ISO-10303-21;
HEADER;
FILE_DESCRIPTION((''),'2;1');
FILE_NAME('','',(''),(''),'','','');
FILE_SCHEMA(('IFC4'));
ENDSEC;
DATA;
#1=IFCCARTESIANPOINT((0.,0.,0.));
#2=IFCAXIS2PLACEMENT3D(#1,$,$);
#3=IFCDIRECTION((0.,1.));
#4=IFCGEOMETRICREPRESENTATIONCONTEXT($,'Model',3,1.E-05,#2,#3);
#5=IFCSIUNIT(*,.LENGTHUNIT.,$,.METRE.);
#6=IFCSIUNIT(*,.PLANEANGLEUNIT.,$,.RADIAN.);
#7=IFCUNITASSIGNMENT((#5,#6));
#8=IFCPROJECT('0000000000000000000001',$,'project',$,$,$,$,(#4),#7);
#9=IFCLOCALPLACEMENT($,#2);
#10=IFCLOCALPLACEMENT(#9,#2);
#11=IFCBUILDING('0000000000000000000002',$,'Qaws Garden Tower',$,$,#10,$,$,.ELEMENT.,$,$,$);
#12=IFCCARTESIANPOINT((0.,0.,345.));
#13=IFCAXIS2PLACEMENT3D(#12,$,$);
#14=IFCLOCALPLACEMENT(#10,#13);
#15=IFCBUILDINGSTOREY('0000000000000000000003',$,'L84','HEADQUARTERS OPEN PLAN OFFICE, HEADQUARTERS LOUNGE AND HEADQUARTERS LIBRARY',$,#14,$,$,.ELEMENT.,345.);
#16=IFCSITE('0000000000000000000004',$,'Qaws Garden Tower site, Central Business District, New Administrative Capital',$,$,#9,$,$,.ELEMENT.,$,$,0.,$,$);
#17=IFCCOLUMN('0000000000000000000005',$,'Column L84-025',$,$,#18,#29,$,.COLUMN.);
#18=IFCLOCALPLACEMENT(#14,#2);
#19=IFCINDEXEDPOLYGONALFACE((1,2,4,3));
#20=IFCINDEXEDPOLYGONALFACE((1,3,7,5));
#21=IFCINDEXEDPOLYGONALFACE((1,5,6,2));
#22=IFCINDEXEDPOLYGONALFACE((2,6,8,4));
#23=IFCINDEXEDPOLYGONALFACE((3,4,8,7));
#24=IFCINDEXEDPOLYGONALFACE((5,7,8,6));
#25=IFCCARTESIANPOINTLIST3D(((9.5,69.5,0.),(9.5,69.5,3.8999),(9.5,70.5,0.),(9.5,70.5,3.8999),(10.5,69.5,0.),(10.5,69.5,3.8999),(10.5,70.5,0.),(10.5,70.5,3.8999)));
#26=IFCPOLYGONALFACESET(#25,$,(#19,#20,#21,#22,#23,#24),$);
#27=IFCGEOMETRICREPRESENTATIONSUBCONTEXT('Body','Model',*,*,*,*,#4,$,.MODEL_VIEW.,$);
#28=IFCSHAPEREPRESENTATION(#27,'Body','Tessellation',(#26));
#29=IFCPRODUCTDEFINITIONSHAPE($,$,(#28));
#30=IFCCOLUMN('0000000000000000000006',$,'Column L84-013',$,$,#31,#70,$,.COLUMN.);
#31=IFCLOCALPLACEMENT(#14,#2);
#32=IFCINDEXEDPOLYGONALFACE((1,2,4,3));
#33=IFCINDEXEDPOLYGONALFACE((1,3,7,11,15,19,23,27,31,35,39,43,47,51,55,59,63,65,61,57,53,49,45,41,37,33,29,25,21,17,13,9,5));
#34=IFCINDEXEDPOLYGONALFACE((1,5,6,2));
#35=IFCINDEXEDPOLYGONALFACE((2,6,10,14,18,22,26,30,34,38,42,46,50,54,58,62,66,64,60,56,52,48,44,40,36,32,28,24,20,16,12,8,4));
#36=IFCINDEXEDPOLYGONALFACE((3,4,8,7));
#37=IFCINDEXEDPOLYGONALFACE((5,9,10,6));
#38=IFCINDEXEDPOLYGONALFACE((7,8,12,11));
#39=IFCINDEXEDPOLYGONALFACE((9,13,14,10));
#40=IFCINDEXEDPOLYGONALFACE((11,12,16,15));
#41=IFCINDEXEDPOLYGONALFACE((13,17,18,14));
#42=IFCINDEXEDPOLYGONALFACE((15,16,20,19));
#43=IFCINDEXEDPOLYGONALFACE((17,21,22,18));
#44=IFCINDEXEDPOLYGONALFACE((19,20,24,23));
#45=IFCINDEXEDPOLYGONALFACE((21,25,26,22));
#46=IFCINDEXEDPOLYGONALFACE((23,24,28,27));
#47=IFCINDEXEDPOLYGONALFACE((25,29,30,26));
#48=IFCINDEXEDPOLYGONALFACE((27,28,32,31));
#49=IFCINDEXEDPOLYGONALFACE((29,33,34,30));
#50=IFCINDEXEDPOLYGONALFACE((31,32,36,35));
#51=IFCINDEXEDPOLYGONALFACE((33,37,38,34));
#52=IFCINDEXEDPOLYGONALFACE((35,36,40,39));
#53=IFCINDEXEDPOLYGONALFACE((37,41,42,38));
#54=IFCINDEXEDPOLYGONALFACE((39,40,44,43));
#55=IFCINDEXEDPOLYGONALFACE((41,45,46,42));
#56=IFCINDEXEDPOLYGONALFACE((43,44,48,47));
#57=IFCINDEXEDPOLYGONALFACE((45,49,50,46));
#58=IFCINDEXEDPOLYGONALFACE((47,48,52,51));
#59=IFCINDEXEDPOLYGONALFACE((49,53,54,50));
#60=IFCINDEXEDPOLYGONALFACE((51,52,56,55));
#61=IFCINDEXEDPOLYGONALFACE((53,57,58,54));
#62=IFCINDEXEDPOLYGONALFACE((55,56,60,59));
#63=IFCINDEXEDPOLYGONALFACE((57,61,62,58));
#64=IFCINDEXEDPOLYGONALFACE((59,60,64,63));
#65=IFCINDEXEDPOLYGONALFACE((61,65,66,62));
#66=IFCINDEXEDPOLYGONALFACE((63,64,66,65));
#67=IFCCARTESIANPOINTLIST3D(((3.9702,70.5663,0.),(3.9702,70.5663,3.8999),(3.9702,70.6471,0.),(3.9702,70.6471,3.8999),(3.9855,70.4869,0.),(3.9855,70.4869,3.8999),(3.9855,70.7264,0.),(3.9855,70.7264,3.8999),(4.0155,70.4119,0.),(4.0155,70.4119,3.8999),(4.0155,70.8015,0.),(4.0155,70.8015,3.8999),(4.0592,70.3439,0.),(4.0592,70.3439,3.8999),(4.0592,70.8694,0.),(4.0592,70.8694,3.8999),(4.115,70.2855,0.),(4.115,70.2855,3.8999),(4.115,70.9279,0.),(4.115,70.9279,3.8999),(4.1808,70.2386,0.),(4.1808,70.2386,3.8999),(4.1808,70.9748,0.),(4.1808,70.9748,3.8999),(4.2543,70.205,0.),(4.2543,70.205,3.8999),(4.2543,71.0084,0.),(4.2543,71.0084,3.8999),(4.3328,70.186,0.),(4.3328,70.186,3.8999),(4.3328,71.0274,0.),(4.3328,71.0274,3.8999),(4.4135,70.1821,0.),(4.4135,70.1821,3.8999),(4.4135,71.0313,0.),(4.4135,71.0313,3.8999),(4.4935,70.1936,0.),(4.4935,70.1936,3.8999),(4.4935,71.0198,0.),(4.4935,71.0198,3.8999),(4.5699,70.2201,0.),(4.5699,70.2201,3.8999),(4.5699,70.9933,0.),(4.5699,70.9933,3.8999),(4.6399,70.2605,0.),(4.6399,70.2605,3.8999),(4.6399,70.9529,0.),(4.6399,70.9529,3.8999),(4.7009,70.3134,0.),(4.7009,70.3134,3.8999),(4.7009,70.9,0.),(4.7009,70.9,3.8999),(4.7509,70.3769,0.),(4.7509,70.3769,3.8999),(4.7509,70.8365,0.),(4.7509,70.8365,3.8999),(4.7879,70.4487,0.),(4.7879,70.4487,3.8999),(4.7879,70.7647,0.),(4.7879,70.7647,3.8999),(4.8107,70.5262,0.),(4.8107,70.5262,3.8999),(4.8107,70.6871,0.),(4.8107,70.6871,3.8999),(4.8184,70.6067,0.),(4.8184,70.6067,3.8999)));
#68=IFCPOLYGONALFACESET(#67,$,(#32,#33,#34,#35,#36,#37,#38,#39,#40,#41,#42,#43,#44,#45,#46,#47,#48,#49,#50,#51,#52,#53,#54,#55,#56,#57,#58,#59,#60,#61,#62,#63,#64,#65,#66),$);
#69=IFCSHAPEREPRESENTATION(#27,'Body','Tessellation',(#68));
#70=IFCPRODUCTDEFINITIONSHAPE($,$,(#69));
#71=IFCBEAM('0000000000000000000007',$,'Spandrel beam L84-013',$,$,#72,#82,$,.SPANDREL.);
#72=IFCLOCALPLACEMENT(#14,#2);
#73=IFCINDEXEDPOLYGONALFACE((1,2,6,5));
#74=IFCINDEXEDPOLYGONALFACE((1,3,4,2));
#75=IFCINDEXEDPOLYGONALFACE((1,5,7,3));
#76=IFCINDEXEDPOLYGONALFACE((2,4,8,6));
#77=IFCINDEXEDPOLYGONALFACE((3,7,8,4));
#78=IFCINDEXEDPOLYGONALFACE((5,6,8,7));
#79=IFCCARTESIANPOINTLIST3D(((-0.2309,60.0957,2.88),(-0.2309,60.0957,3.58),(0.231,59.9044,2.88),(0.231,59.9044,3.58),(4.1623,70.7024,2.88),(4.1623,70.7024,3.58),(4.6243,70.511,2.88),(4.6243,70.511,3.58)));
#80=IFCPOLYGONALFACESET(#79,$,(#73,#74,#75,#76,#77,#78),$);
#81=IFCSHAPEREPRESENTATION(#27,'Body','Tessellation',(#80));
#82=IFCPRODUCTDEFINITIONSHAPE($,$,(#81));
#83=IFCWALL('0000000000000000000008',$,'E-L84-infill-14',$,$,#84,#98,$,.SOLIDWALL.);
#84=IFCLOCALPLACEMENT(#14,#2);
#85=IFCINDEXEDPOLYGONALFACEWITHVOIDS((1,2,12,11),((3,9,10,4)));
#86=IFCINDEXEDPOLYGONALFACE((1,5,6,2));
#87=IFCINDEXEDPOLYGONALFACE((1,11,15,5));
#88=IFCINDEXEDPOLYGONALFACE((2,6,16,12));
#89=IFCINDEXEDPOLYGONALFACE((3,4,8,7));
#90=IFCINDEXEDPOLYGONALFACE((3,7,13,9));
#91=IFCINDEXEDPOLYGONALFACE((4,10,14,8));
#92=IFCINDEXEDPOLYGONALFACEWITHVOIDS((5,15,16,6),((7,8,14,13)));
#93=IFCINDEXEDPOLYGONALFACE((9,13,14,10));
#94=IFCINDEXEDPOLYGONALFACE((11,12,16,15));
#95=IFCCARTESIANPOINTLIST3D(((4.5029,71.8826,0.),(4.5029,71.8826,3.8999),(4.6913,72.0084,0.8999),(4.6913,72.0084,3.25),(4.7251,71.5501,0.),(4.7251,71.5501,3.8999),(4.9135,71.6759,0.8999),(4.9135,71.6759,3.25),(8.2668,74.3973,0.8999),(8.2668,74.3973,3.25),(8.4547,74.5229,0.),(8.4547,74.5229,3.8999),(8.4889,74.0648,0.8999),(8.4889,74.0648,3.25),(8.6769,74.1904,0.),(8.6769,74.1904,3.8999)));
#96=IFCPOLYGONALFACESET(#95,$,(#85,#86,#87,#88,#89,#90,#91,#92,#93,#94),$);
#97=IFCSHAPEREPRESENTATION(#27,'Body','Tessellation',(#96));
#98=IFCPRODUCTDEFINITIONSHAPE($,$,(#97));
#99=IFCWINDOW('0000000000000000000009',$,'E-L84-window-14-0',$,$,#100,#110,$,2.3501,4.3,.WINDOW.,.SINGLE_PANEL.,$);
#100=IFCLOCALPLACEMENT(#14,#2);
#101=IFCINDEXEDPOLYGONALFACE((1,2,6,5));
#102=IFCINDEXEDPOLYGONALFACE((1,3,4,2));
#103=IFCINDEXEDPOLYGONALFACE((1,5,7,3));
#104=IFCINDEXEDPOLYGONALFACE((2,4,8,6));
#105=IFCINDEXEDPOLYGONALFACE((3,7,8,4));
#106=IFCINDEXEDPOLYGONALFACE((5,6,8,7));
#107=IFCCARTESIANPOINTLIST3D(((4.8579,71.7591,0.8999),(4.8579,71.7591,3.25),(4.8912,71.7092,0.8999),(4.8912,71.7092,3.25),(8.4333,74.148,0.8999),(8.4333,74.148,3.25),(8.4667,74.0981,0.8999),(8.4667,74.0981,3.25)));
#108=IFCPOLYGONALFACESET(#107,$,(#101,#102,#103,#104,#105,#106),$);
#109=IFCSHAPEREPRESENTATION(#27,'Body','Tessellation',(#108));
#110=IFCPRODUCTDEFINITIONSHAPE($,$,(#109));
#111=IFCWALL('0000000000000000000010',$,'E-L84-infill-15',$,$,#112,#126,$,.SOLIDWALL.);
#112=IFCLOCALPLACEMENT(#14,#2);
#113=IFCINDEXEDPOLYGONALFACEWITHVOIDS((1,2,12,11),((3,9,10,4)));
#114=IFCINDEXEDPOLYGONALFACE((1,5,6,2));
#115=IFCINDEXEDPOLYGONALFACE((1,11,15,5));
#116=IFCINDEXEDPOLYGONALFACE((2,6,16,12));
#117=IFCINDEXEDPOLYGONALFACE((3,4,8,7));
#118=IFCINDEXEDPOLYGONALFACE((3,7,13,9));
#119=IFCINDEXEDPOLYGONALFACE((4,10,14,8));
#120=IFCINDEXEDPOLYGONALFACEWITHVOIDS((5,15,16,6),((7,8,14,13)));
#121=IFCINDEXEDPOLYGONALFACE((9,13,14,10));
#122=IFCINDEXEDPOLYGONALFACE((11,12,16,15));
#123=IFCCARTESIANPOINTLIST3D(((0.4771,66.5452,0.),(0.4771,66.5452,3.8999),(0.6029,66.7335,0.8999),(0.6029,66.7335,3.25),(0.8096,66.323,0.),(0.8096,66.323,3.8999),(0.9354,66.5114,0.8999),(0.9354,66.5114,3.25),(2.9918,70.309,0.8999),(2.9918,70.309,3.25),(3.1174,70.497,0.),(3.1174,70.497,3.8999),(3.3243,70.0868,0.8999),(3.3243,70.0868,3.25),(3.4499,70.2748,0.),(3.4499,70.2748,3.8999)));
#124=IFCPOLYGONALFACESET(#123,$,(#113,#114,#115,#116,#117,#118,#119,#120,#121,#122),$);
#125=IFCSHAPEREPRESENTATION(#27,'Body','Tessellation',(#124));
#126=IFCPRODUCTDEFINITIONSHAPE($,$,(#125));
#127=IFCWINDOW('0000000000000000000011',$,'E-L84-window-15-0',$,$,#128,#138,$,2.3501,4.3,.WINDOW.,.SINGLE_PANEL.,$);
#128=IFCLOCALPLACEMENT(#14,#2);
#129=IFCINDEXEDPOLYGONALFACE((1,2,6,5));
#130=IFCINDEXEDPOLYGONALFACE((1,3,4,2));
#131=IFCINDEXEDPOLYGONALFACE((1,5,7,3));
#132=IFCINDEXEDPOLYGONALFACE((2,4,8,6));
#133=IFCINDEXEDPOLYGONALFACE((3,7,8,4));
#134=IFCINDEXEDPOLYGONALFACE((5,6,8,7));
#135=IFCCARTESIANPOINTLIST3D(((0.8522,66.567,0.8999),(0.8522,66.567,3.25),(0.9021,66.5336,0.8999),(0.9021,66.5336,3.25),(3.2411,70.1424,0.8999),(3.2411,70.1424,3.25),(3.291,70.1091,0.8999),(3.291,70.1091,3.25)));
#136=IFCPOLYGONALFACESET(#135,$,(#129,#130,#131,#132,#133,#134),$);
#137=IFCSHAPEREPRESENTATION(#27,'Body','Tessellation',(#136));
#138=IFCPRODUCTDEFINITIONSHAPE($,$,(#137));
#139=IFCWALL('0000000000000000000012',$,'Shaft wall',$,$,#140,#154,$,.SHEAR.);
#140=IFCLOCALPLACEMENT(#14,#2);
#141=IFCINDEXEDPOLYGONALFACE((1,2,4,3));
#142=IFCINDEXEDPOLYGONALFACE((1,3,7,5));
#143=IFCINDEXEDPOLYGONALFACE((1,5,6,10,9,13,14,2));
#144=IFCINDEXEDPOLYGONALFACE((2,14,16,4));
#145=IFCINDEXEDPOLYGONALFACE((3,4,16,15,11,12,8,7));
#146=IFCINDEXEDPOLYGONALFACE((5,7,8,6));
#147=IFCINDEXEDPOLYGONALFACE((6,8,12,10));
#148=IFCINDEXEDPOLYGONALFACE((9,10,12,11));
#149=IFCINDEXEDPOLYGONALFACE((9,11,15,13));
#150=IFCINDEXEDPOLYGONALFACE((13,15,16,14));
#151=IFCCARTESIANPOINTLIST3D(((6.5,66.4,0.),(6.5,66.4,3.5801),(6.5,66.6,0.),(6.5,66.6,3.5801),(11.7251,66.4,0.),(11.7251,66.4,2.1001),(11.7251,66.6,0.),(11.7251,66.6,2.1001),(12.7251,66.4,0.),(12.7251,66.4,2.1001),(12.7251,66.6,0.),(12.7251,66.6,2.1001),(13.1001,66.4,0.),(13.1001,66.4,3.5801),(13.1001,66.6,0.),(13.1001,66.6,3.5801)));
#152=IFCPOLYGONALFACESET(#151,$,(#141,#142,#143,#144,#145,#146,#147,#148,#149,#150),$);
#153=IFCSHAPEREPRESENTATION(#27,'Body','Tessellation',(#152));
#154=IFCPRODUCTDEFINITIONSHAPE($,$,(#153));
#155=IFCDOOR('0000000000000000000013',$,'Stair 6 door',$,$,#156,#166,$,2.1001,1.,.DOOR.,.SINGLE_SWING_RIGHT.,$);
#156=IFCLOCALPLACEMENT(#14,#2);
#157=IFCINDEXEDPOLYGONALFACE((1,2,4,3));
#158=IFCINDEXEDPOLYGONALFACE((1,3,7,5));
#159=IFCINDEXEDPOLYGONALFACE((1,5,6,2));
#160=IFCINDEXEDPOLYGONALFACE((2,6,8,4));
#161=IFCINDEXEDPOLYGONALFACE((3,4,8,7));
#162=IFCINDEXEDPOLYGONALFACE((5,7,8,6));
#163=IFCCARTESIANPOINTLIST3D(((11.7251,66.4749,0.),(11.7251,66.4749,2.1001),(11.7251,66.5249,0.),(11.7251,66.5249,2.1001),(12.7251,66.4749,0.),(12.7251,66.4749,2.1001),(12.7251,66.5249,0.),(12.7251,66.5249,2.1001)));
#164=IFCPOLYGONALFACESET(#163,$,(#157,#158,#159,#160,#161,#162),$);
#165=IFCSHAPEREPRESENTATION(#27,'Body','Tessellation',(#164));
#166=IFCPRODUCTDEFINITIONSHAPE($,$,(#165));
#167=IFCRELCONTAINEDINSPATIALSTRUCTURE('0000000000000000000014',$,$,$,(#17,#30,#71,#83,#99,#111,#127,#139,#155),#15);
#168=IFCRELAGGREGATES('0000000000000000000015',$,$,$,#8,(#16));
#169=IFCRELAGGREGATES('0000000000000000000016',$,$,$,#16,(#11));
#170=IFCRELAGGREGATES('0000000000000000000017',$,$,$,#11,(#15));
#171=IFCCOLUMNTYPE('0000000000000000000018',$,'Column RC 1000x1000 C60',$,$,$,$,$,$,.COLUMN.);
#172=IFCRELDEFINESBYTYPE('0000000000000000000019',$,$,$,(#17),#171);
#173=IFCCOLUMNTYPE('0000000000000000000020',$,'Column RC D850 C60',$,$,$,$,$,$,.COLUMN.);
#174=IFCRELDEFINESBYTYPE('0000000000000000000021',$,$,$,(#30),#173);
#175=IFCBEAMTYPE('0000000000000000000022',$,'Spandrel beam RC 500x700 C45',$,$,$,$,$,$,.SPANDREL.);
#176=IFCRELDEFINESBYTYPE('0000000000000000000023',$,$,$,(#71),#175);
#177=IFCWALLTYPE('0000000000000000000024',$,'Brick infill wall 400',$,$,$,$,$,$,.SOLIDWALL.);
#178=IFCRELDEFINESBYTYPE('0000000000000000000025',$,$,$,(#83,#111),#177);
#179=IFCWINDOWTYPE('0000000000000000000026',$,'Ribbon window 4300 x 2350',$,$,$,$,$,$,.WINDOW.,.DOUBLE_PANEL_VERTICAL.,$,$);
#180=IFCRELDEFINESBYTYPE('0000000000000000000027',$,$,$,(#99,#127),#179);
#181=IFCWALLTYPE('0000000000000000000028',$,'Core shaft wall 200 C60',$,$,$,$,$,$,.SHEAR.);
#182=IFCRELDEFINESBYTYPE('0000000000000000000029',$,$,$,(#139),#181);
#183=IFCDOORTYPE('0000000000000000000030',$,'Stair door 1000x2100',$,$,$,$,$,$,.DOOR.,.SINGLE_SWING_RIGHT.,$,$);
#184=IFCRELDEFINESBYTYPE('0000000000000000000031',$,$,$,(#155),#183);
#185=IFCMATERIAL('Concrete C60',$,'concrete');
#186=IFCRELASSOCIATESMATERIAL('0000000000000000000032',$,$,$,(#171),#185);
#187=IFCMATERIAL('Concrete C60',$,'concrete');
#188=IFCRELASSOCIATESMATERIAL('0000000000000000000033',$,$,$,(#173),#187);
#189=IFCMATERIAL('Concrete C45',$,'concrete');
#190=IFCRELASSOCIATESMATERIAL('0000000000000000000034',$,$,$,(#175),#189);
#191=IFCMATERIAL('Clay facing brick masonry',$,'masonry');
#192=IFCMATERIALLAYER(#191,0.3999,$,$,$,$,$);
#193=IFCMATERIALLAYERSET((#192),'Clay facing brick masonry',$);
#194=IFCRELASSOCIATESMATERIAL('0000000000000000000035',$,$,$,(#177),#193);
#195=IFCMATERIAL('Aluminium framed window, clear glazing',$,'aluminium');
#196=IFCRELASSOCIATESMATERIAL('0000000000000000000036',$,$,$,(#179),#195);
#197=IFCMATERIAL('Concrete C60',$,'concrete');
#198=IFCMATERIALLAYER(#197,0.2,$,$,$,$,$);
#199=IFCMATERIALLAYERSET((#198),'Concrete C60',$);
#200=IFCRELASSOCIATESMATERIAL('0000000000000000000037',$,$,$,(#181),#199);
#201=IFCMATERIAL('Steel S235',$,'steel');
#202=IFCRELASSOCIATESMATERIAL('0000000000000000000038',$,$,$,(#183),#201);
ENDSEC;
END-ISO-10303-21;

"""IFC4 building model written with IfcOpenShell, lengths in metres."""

from ifc_helpers import new_model, si_unit, direction, frame, frame_2d, origin, origin_2d, place, context, subcontext, project, spatial, rectangle, circle, extrude, material, layer, layer_set, material_profile, profile_set, type_object, element, fill, save


model = new_model("IFC4")

# Units and contexts
model_context = context("Model", 3, precision=1e-05, world=origin(), true_north=direction((0.0, 1.0)))
body_context = subcontext(model_context, "Body", "Model", "MODEL_VIEW")
ifc_project = project(units=[si_unit("LENGTHUNIT", "METRE"), si_unit("PLANEANGLEUNIT", "RADIAN")], contexts=[model_context])

# Site, building, storey
site_placement = place(None, origin())
site = spatial("IfcSite", under=ifc_project, at=site_placement, Name="Qaws Garden Tower site, Central Business District, New Administrative Capital", CompositionType="ELEMENT", RefElevation=0.0)
building_placement = place(site_placement, origin())
building = spatial("IfcBuilding", under=site, at=building_placement, Name="Qaws Garden Tower", CompositionType="ELEMENT")
storey_placement = place(building_placement, frame((0.0, 0.0, 345.0)))
storey = spatial("IfcBuildingStorey", under=building, at=storey_placement, Name="L84", Description="HEADQUARTERS OPEN PLAN OFFICE, HEADQUARTERS LOUNGE AND HEADQUARTERS LIBRARY", CompositionType="ELEMENT", Elevation=345.0)

# Columns
ifc_material_1 = material(Name="Concrete C60", Category="concrete")
ifc_material_profile_1 = material_profile(ifc_material_1, rectangle(XDim=1.0, YDim=1.0, at=origin_2d()), Name="RC 1000x1000")
ifc_profile_set_1 = profile_set([ifc_material_profile_1], Name="Concrete C60")
column_type_1 = type_object("IfcColumnType", Name="Column RC 1000x1000 C60", PredefinedType="COLUMN", material=ifc_profile_set_1)
column_1_placement = place(storey_placement, frame((10.0, 70.0, 0.0), z_axis=(0.0, 0.0, 1.0), x_axis=(1.0, 0.0, 0.0)))
element("IfcColumn", 1, at=column_1_placement, inside=storey, type_object=column_type_1, Name="Column L84-025", PredefinedType="COLUMN", context=body_context, shape_type="SweptSolid", body=[
    extrude(rectangle(XDim=1.0, YDim=1.0, at=origin_2d()), origin(), (0.0, 0.0, 1.0), 3.8999),
])
ifc_material_2 = material(Name="Concrete C60", Category="concrete")
ifc_material_profile_2 = material_profile(ifc_material_2, circle(Radius=0.425, at=origin_2d()), Name="RC D850")
ifc_profile_set_2 = profile_set([ifc_material_profile_2], Name="Concrete C60")
column_type_2 = type_object("IfcColumnType", Name="Column RC D850 C60", PredefinedType="COLUMN", material=ifc_profile_set_2)
column_2_placement = place(storey_placement, frame((4.3933, 70.6067, 0.0), z_axis=(0.0, 0.0, 1.0), x_axis=(1.0, 0.0, 0.0)))
element("IfcColumn", 2, at=column_2_placement, inside=storey, type_object=column_type_2, Name="Column L84-013", PredefinedType="COLUMN", context=body_context, shape_type="SweptSolid", body=[
    extrude(circle(Radius=0.425, at=origin_2d()), origin(), (0.0, 0.0, 1.0), 3.8999),
])

# Beam
ifc_material_3 = material(Name="Concrete C45", Category="concrete")
ifc_material_profile_3 = material_profile(ifc_material_3, rectangle(XDim=0.5, YDim=0.7, at=origin_2d()), Name="RC 500x700")
ifc_profile_set_3 = profile_set([ifc_material_profile_3], Name="Concrete C45")
beam_type = type_object("IfcBeamType", Name="Spandrel beam RC 500x700 C45", PredefinedType="SPANDREL", material=ifc_profile_set_3)
beam_placement = place(storey_placement, frame((4.3933, 70.6067, 3.23), z_axis=(-0.382674, -0.923883, 0.0), x_axis=(0.923883, -0.382674, 0.0)))
element("IfcBeam", 3, at=beam_placement, inside=storey, type_object=beam_type, Name="Spandrel beam L84-013", PredefinedType="SPANDREL", context=body_context, shape_type="SweptSolid", body=[
    extrude(rectangle(XDim=0.5, YDim=0.7, at=origin_2d()), origin(), (0.0, 0.0, 1.0), 11.4805),
])

# Walls, openings, windows
ifc_material_4 = material(Name="Clay facing brick masonry", Category="masonry")
ifc_layer_1 = layer(ifc_material_4, 0.3999)
ifc_layer_set_1 = layer_set([ifc_layer_1], Name="Clay facing brick masonry")
wall_type_1 = type_object("IfcWallType", Name="Brick infill wall 400", PredefinedType="SOLIDWALL", material=ifc_layer_set_1)
wall_1_placement = place(storey_placement, frame((8.5659, 74.3567, 0.0), z_axis=(0.0, 0.0, 1.0), x_axis=(-0.831489, -0.555542, 0.0)))
wall_1 = element("IfcWall", 4, at=wall_1_placement, inside=storey, type_object=wall_type_1, Name="E-L84-infill-14", PredefinedType="SOLIDWALL", context=body_context, shape_type="SweptSolid", body=[
    extrude(rectangle(XDim=4.7527, YDim=0.3999, at=frame_2d((2.3765, 0.0))), origin(), (0.0, 0.0, 1.0), 3.8999),
])
opening_1_placement = place(wall_1_placement, frame((0.2263, 0.0, 0.8999)))
opening_1 = element("IfcOpeningElement", 5, at=opening_1_placement, cuts=wall_1, PredefinedType="OPENING", context=body_context, shape_type="SweptSolid", body=[
    extrude(rectangle(XDim=4.3, YDim=2.3501, at=frame_2d((2.1499, 1.175))), frame((0.0, 0.21, 0.0), z_axis=(0.0, -1.0, 0.0), x_axis=(1.0, 0.0, 0.0)), (0.0, 0.0, 1.0), 0.4199),
])
ifc_material_5 = material(Name="Aluminium framed window, clear glazing", Category="aluminium")
window_type = type_object("IfcWindowType", Name="Ribbon window 4300 x 2350", PartitioningType="DOUBLE_PANEL_VERTICAL", PredefinedType="WINDOW", material=ifc_material_5)
window_1_placement = place(opening_1_placement, origin())
window_1 = element("IfcWindow", 6, at=window_1_placement, inside=storey, type_object=window_type, Name="E-L84-window-14-0", OverallHeight=2.3501, OverallWidth=4.3, PartitioningType="SINGLE_PANEL", PredefinedType="WINDOW", context=body_context, shape_type="SweptSolid", body=[
    extrude(rectangle(XDim=4.3, YDim=2.3501, at=frame_2d((2.1499, 1.175))), frame((0.0, 0.1599, 0.0), z_axis=(0.0, -1.0, 0.0), x_axis=(1.0, 0.0, 0.0)), (0.0, 0.0, 1.0), 0.0601),
])
fill(opening_1, window_1)
wall_2_placement = place(storey_placement, frame((3.2837, 70.386, 0.0), z_axis=(0.0, 0.0, 1.0), x_axis=(-0.555542, -0.831489, 0.0)))
wall_2 = element("IfcWall", 7, at=wall_2_placement, inside=storey, type_object=wall_type_1, Name="E-L84-infill-15", PredefinedType="SOLIDWALL", context=body_context, shape_type="SweptSolid", body=[
    extrude(rectangle(XDim=4.7527, YDim=0.3999, at=frame_2d((2.3765, 0.0))), origin(), (0.0, 0.0, 1.0), 3.8999),
])
opening_2_placement = place(wall_2_placement, frame((0.2263, 0.0, 0.8999)))
opening_2 = element("IfcOpeningElement", 8, at=opening_2_placement, cuts=wall_2, PredefinedType="OPENING", context=body_context, shape_type="SweptSolid", body=[
    extrude(rectangle(XDim=4.3, YDim=2.3501, at=frame_2d((2.1499, 1.175))), frame((0.0, 0.21, 0.0), z_axis=(0.0, -1.0, 0.0), x_axis=(1.0, 0.0, 0.0)), (0.0, 0.0, 1.0), 0.4199),
])
window_2_placement = place(opening_2_placement, origin())
window_2 = element("IfcWindow", 9, at=window_2_placement, inside=storey, type_object=window_type, Name="E-L84-window-15-0", OverallHeight=2.3501, OverallWidth=4.3, PartitioningType="SINGLE_PANEL", PredefinedType="WINDOW", context=body_context, shape_type="SweptSolid", body=[
    extrude(rectangle(XDim=4.3, YDim=2.3501, at=frame_2d((2.1499, 1.175))), frame((0.0, 0.1599, 0.0), z_axis=(0.0, -1.0, 0.0), x_axis=(1.0, 0.0, 0.0)), (0.0, 0.0, 1.0), 0.0601),
])
fill(opening_2, window_2)

# Wall, opening, door
ifc_material_6 = material(Name="Concrete C60", Category="concrete")
ifc_layer_2 = layer(ifc_material_6, 0.2)
ifc_layer_set_2 = layer_set([ifc_layer_2], Name="Concrete C60")
wall_type_2 = type_object("IfcWallType", Name="Core shaft wall 200 C60", PredefinedType="SHEAR", material=ifc_layer_set_2)
wall_3_placement = place(storey_placement, frame((6.5, 66.5, 0.0), z_axis=(0.0, 0.0, 1.0), x_axis=(1.0, 0.0, 0.0)))
wall_3 = element("IfcWall", 10, at=wall_3_placement, inside=storey, type_object=wall_type_2, Name="Shaft wall", PredefinedType="SHEAR", context=body_context, shape_type="SweptSolid", body=[
    extrude(rectangle(XDim=6.6001, YDim=0.2, at=frame_2d((3.3, 0.0))), origin(), (0.0, 0.0, 1.0), 3.5801),
])
opening_3_placement = place(wall_3_placement, frame((5.2251, 0.0, 0.0)))
opening_3 = element("IfcOpeningElement", 11, at=opening_3_placement, cuts=wall_3, PredefinedType="OPENING", context=body_context, shape_type="SweptSolid", body=[
    extrude(rectangle(XDim=1.0, YDim=2.1001, at=frame_2d((0.5, 1.05))), frame((0.0, 0.1099, 0.0), z_axis=(0.0, -1.0, 0.0), x_axis=(1.0, 0.0, 0.0)), (0.0, 0.0, 1.0), 0.22),
])
ifc_material_7 = material(Name="Steel S235", Category="steel")
door_type = type_object("IfcDoorType", Name="Stair door 1000x2100", OperationType="SINGLE_SWING_RIGHT", PredefinedType="DOOR", material=ifc_material_7)
door_1_placement = place(opening_3_placement, origin())
door_1 = element("IfcDoor", 12, at=door_1_placement, inside=storey, type_object=door_type, Name="Stair 6 door", OperationType="SINGLE_SWING_RIGHT", OverallHeight=2.1001, OverallWidth=1.0, PredefinedType="DOOR", context=body_context, shape_type="SweptSolid", body=[
    extrude(rectangle(XDim=1.0, YDim=2.1001, at=frame_2d((0.5, 1.05))), frame((0.0, 0.0249, 0.0), z_axis=(0.0, -1.0, 0.0), x_axis=(1.0, 0.0, 0.0)), (0.0, 0.0, 1.0), 0.05),
])
fill(opening_3, door_1)

save(model, "model.ifc")
